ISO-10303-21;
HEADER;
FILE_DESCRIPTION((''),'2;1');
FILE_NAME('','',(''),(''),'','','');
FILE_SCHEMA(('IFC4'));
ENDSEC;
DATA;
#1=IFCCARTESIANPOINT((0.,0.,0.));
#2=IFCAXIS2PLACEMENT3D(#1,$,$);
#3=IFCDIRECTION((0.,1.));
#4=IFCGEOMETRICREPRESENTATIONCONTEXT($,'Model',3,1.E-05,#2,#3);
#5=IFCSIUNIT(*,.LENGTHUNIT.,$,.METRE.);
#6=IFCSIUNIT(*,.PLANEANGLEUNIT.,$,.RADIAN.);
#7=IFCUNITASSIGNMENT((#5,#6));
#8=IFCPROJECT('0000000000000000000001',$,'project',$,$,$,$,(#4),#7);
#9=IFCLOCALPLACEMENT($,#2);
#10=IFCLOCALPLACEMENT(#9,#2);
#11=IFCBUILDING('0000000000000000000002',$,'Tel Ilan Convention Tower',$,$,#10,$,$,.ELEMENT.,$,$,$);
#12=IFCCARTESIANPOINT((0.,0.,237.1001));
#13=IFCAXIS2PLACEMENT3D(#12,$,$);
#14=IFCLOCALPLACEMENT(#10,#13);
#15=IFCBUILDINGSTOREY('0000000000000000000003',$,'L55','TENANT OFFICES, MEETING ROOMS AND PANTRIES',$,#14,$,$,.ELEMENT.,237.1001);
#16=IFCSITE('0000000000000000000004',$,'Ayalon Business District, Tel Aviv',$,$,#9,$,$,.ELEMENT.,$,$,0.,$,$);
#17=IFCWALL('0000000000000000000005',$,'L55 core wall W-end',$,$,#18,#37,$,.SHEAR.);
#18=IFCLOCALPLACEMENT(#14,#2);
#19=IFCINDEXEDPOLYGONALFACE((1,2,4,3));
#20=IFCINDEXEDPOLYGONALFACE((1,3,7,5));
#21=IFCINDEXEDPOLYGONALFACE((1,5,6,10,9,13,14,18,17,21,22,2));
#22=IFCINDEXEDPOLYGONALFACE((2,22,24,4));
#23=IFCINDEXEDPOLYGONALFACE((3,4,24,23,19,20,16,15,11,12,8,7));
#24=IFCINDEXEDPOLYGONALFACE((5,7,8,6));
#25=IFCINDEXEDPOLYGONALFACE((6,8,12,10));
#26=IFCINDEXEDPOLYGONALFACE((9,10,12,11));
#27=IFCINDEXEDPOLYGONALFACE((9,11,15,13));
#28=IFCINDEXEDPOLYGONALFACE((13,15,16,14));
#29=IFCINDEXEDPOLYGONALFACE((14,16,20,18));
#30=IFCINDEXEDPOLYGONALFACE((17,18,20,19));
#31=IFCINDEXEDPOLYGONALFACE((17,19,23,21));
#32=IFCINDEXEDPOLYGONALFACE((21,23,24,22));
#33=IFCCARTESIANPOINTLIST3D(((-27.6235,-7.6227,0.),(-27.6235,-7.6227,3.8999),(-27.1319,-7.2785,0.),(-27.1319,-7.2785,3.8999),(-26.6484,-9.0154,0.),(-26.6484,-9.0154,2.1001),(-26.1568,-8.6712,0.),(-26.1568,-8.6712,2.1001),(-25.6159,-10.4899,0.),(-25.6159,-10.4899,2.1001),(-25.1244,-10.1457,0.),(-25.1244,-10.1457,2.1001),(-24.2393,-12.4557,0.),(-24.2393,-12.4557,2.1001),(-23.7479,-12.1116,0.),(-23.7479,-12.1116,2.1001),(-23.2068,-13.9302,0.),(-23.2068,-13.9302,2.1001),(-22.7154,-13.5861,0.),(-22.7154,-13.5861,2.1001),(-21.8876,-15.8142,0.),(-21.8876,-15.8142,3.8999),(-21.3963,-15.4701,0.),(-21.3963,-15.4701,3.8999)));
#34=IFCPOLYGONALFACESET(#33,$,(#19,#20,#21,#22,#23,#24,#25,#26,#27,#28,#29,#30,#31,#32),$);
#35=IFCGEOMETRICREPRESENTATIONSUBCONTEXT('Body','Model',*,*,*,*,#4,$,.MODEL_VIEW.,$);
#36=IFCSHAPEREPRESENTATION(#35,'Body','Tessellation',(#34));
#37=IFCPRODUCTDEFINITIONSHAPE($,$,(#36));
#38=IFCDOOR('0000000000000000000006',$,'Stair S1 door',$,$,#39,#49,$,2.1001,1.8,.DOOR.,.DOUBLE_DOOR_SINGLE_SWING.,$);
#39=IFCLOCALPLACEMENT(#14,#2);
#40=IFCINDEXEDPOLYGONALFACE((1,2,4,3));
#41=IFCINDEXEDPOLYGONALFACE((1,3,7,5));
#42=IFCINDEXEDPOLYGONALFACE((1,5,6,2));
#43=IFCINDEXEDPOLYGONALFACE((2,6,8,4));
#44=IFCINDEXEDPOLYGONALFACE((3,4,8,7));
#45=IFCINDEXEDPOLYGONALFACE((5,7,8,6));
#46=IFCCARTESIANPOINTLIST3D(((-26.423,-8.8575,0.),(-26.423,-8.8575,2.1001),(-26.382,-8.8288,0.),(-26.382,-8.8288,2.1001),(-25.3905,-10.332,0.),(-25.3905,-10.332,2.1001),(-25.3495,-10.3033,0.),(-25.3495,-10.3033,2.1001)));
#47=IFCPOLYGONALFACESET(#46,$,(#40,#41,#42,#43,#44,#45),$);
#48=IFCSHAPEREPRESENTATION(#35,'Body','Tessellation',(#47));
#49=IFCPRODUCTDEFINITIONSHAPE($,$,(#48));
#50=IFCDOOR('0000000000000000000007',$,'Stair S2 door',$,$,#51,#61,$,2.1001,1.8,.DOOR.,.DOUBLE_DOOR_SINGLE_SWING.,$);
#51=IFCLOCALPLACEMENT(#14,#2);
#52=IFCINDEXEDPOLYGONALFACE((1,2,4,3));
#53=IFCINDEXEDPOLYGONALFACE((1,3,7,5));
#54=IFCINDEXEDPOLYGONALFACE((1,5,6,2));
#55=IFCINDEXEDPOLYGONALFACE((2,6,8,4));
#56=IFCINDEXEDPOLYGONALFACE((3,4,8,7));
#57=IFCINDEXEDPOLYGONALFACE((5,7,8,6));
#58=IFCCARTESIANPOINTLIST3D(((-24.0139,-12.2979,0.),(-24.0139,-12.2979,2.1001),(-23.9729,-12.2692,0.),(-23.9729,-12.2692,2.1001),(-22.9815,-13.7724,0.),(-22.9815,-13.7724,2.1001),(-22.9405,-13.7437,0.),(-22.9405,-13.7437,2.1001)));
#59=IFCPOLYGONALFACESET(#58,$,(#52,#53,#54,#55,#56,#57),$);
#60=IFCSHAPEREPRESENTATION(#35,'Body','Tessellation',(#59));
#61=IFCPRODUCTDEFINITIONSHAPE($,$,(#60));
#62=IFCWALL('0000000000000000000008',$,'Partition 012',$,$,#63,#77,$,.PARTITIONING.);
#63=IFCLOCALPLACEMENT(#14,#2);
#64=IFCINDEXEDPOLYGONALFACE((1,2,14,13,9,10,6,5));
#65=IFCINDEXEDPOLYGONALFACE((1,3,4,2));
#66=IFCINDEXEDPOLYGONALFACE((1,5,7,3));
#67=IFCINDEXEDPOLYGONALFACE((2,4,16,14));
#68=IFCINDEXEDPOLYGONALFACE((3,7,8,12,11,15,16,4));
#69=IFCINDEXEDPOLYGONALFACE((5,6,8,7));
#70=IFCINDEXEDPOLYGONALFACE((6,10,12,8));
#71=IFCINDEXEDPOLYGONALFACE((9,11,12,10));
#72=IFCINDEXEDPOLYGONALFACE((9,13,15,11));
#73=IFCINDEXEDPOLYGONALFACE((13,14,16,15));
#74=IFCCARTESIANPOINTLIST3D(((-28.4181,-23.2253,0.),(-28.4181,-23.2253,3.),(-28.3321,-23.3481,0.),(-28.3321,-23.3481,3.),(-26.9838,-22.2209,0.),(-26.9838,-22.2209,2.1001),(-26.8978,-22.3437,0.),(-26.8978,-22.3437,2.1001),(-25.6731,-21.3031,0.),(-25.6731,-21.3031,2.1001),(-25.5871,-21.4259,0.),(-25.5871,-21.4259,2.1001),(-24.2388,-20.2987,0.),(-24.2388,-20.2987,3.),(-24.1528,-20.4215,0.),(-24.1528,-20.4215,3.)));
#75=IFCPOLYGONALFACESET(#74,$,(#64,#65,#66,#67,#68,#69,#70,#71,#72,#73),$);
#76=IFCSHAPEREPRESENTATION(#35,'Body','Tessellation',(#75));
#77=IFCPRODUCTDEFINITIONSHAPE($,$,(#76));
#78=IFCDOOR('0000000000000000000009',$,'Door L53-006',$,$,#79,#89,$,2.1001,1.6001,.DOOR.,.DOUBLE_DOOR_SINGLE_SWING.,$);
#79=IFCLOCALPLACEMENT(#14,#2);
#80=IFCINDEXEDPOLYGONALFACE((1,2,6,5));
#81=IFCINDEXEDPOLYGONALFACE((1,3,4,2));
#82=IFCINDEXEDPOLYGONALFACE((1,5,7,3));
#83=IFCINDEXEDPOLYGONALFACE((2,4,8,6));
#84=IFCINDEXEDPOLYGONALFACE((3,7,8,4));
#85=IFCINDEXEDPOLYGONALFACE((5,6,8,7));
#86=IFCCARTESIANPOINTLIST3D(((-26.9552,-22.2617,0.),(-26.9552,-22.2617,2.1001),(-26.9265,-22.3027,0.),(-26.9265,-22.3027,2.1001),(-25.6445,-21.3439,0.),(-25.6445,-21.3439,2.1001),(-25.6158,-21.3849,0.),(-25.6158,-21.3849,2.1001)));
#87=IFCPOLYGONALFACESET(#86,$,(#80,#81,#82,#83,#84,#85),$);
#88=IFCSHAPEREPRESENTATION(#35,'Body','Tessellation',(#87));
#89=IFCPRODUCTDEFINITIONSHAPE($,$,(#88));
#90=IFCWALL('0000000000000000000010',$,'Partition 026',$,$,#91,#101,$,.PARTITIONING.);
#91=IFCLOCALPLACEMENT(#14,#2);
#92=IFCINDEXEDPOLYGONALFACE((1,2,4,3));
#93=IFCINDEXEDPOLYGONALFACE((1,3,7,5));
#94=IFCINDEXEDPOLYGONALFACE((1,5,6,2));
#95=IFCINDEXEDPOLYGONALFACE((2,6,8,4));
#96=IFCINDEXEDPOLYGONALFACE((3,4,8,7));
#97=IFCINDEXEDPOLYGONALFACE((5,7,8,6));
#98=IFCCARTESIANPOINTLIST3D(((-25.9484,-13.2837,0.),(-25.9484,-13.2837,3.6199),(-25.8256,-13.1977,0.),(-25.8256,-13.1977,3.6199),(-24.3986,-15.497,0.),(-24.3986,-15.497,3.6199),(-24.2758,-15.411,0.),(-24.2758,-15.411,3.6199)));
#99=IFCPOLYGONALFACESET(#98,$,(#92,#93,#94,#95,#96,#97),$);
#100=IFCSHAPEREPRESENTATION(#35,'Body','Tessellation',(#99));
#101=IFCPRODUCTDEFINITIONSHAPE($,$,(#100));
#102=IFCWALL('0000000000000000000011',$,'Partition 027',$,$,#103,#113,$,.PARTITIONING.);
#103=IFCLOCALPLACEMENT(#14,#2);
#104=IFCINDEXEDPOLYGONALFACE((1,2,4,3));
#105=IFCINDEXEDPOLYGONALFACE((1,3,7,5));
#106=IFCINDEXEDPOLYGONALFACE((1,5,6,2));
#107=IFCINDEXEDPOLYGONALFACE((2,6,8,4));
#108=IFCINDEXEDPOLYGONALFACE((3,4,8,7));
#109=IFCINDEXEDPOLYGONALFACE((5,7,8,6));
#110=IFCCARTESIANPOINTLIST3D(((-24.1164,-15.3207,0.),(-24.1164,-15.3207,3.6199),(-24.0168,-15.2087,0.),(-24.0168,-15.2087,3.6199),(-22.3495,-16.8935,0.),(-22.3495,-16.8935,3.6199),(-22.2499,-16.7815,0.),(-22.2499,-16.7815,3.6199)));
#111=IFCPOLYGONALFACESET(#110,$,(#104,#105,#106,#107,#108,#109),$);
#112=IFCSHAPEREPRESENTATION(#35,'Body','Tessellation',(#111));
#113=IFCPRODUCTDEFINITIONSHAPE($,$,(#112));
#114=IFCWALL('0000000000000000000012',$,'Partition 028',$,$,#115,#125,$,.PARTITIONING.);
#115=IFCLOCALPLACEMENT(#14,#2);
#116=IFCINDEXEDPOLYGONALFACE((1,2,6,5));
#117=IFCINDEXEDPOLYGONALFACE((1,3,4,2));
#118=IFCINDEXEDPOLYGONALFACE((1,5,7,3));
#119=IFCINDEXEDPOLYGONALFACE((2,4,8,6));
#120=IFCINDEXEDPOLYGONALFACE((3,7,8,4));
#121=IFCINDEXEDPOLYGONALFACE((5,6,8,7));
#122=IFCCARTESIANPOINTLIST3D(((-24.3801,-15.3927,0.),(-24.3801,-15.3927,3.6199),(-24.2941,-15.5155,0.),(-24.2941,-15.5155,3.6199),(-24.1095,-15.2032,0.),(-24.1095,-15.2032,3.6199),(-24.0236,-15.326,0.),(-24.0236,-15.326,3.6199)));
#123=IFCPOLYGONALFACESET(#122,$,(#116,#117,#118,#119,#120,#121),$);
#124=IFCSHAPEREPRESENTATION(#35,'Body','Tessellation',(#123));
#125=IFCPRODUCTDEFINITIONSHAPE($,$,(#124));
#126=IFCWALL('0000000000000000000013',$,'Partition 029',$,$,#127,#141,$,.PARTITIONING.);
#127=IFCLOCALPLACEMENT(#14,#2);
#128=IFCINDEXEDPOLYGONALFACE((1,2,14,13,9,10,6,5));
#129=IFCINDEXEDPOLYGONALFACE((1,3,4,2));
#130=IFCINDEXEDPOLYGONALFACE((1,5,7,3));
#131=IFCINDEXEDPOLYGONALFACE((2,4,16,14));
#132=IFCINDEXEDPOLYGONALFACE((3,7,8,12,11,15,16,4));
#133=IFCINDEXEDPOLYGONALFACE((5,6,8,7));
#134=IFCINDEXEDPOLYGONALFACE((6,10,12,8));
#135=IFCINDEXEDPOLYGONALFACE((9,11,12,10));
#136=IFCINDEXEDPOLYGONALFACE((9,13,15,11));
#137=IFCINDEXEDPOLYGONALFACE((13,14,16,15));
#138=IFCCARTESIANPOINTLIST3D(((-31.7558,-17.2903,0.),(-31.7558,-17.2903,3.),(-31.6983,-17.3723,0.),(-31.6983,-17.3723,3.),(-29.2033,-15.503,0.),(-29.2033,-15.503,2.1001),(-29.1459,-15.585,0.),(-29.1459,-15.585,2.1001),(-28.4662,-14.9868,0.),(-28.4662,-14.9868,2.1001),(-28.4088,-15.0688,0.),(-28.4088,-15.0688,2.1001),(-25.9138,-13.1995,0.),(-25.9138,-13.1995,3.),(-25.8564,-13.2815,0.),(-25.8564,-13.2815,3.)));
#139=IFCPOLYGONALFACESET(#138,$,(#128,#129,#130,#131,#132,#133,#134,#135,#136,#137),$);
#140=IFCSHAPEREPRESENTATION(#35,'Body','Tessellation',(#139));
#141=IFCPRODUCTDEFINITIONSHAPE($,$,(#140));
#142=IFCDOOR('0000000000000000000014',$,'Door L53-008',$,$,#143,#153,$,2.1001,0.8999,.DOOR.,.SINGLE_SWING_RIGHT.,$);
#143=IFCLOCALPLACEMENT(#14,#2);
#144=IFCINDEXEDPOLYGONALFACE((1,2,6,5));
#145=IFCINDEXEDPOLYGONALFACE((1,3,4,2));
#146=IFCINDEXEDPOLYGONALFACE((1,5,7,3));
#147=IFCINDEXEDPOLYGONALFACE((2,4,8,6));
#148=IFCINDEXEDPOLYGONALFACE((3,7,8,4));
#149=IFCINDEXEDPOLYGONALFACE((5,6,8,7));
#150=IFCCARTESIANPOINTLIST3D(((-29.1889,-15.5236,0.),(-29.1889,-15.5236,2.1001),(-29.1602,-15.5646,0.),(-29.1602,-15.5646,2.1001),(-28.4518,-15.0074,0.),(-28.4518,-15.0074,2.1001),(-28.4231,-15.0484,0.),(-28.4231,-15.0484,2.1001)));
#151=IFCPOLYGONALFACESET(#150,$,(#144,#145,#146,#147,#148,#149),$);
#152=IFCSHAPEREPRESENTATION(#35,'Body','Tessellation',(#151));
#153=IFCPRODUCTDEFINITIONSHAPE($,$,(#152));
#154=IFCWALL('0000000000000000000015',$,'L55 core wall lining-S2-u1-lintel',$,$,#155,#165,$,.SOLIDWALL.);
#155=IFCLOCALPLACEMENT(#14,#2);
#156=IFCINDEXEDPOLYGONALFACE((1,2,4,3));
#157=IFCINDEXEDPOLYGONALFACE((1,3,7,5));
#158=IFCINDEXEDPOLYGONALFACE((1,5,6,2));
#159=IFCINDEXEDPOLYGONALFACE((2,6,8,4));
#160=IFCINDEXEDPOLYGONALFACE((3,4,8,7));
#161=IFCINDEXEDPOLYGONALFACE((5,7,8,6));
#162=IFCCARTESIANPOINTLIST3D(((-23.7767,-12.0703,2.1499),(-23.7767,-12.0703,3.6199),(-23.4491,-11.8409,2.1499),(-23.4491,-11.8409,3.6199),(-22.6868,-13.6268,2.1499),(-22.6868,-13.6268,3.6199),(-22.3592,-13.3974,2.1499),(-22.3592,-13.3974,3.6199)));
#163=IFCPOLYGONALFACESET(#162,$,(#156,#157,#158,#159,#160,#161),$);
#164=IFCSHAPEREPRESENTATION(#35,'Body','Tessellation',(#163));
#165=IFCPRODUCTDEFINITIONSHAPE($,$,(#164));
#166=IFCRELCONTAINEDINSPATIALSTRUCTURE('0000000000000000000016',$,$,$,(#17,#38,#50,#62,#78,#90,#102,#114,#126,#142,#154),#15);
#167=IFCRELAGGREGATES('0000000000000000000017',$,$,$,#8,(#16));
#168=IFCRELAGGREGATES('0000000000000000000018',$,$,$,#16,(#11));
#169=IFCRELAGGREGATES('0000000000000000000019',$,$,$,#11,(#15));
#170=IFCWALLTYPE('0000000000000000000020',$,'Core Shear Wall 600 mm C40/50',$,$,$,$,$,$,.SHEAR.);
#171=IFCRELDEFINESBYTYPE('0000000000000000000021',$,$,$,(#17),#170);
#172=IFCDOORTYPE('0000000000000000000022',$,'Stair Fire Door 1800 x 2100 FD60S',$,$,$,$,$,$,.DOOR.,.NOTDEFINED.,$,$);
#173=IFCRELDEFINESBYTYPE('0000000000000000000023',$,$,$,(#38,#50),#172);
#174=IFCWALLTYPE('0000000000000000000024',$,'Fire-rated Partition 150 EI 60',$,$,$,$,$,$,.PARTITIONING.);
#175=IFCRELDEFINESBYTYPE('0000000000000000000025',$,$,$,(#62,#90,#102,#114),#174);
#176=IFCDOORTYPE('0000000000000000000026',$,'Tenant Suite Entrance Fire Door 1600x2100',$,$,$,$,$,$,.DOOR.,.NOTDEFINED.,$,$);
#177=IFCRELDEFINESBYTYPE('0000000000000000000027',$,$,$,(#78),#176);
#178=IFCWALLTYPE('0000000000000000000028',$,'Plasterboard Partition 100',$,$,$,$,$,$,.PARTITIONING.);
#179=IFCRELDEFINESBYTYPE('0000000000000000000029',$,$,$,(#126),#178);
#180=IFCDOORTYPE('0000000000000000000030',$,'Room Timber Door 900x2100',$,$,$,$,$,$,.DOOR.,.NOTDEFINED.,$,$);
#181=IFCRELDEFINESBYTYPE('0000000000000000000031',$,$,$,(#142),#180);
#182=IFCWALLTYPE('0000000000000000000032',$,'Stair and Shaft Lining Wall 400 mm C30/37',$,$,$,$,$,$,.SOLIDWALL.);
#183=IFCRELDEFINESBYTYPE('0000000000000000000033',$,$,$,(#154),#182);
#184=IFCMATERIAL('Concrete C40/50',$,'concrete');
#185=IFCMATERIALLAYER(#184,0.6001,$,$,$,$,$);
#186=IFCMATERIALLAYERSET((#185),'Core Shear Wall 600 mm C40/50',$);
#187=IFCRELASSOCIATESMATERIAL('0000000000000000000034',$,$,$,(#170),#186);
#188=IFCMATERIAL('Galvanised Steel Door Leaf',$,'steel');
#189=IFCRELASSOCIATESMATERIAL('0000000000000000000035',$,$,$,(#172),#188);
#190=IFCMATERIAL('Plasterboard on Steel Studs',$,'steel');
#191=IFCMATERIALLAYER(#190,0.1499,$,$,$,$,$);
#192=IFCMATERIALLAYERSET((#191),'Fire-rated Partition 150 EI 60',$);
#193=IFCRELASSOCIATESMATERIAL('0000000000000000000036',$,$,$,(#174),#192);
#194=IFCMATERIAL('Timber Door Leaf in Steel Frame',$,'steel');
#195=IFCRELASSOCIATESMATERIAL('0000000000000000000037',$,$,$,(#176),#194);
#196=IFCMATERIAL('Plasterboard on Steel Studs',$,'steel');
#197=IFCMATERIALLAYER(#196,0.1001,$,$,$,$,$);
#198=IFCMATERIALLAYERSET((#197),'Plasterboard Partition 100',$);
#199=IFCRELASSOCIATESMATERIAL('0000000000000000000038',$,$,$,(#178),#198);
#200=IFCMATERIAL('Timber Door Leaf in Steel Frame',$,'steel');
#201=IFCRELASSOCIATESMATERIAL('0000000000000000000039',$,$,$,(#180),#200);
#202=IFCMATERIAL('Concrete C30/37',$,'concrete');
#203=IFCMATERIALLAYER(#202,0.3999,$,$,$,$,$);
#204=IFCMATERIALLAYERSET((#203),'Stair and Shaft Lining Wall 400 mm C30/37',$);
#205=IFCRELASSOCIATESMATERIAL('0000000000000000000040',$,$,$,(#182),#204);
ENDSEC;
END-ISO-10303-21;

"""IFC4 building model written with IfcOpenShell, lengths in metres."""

from ifc_helpers import new_model, si_unit, direction, frame, frame_2d, origin, place, context, subcontext, project, spatial, polyline, rectangle, outline, extrude, material, layer, layer_set, type_object, element, fill, save


model = new_model("IFC4")

# Units and contexts
model_context = context("Model", 3, precision=1e-05, world=origin(), true_north=direction((0.0, 1.0)))
body_context = subcontext(model_context, "Body", "Model", "MODEL_VIEW")
ifc_project = project(units=[si_unit("LENGTHUNIT", "METRE"), si_unit("PLANEANGLEUNIT", "RADIAN")], contexts=[model_context])

# Site, building, storey
site_placement = place(None, origin())
site = spatial("IfcSite", under=ifc_project, at=site_placement, Name="Ayalon Business District, Tel Aviv", CompositionType="ELEMENT", RefElevation=0.0)
building_placement = place(site_placement, origin())
building = spatial("IfcBuilding", under=site, at=building_placement, Name="Tel Ilan Convention Tower", CompositionType="ELEMENT")
storey_placement = place(building_placement, frame((0.0, 0.0, 237.1001)))
storey = spatial("IfcBuildingStorey", under=building, at=storey_placement, Name="L55", Description="TENANT OFFICES, MEETING ROOMS AND PANTRIES", CompositionType="ELEMENT", Elevation=237.1001)

# Wall, openings, doors
ifc_material_1 = material(Name="Concrete C40/50", Category="concrete")
ifc_layer_1 = layer(ifc_material_1, 0.6001)
ifc_layer_set_1 = layer_set([ifc_layer_1], Name="Core Shear Wall 600 mm C40/50")
wall_type_1 = type_object("IfcWallType", Name="Core Shear Wall 600 mm C40/50", PredefinedType="SHEAR", material=ifc_layer_set_1)
wall_1_placement = place(storey_placement, frame((-21.6418, -15.6421, 0.0), z_axis=(0.0, 0.0, 1.0), x_axis=(-0.573587, 0.819145, 0.0)))
wall_1 = element("IfcWall", 1, at=wall_1_placement, inside=storey, type_object=wall_type_1, Name="L55 core wall W-end", PredefinedType="SHEAR", context=body_context, shape_type="SweptSolid", body=[
    extrude(outline(polyline([(0.0, 0.3), (0.0, -0.2998), (10.0, -0.3), (10.0, 0.3), (0.0, 0.3)])), origin(), (0.0, 0.0, 1.0), 3.8999),
])
opening_1_placement = place(wall_1_placement, frame((6.5, 0.0, 0.0)))
opening_1 = element("IfcOpeningElement", 2, at=opening_1_placement, cuts=wall_1, PredefinedType="OPENING", context=body_context, shape_type="SweptSolid", body=[
    extrude(rectangle(XDim=1.8, YDim=2.1001, at=frame_2d((0.8999, 1.05))), frame((0.0, 0.3101, 0.0), z_axis=(0.0, -1.0, 0.0), x_axis=(1.0, 0.0, 0.0)), (0.0, 0.0, 1.0), 0.6201),
])
opening_2_placement = place(wall_1_placement, frame((2.3, 0.0, 0.0)))
opening_2 = element("IfcOpeningElement", 3, at=opening_2_placement, cuts=wall_1, PredefinedType="OPENING", context=body_context, shape_type="SweptSolid", body=[
    extrude(rectangle(XDim=1.8, YDim=2.1001, at=frame_2d((0.8999, 1.05))), frame((0.0, 0.3101, 0.0), z_axis=(0.0, -1.0, 0.0), x_axis=(1.0, 0.0, 0.0)), (0.0, 0.0, 1.0), 0.6201),
])
ifc_material_2 = material(Name="Galvanised Steel Door Leaf", Category="steel")
door_type_1 = type_object("IfcDoorType", Name="Stair Fire Door 1800 x 2100 FD60S", OperationType="NOTDEFINED", PredefinedType="DOOR", material=ifc_material_2)
door_1_placement = place(opening_1_placement, origin())
door_1 = element("IfcDoor", 4, at=door_1_placement, inside=storey, type_object=door_type_1, Name="Stair S1 door", OperationType="DOUBLE_DOOR_SINGLE_SWING", OverallHeight=2.1001, OverallWidth=1.8, PredefinedType="DOOR", context=body_context, shape_type="SweptSolid", body=[
    extrude(rectangle(XDim=1.8, YDim=2.1001, at=frame_2d((0.8999, 1.05))), frame((0.0, 0.0249, 0.0), z_axis=(0.0, -1.0, 0.0), x_axis=(1.0, 0.0, 0.0)), (0.0, 0.0, 1.0), 0.05),
])
fill(opening_1, door_1)
door_2_placement = place(opening_2_placement, origin())
door_2 = element("IfcDoor", 5, at=door_2_placement, inside=storey, type_object=door_type_1, Name="Stair S2 door", OperationType="DOUBLE_DOOR_SINGLE_SWING", OverallHeight=2.1001, OverallWidth=1.8, PredefinedType="DOOR", context=body_context, shape_type="SweptSolid", body=[
    extrude(rectangle(XDim=1.8, YDim=2.1001, at=frame_2d((0.8999, 1.05))), frame((0.0, 0.0249, 0.0), z_axis=(0.0, -1.0, 0.0), x_axis=(1.0, 0.0, 0.0)), (0.0, 0.0, 1.0), 0.05),
])
fill(opening_2, door_2)

# Wall, opening, door
ifc_material_3 = material(Name="Plasterboard on Steel Studs", Category="steel")
ifc_layer_2 = layer(ifc_material_3, 0.1499)
ifc_layer_set_2 = layer_set([ifc_layer_2], Name="Fire-rated Partition 150 EI 60")
wall_type_2 = type_object("IfcWallType", Name="Fire-rated Partition 150 EI 60", PredefinedType="PARTITIONING", material=ifc_layer_set_2)
wall_2_placement = place(storey_placement, frame((-24.1958, -20.3601, 0.0), z_axis=(0.0, 0.0, 1.0), x_axis=(-0.819133, -0.573604, 0.0)))
wall_2 = element("IfcWall", 6, at=wall_2_placement, inside=storey, type_object=wall_type_2, Name="Partition 012", PredefinedType="PARTITIONING", context=body_context, shape_type="SweptSolid", body=[
    extrude(rectangle(XDim=5.1021, YDim=0.1499, at=frame_2d((2.551, 0.0))), origin(), (0.0, 0.0, 1.0), 3.0),
])
opening_3_placement = place(wall_2_placement, frame((1.751, 0.0, 0.0)))
opening_3 = element("IfcOpeningElement", 7, at=opening_3_placement, cuts=wall_2, PredefinedType="OPENING", context=body_context, shape_type="SweptSolid", body=[
    extrude(rectangle(XDim=1.6001, YDim=2.1001, at=frame_2d((0.8, 1.05))), frame((0.0, 0.085, 0.0), z_axis=(0.0, -1.0, 0.0), x_axis=(1.0, 0.0, 0.0)), (0.0, 0.0, 1.0), 0.1699),
])
ifc_material_4 = material(Name="Timber Door Leaf in Steel Frame", Category="steel")
door_type_2 = type_object("IfcDoorType", Name="Tenant Suite Entrance Fire Door 1600x2100", OperationType="NOTDEFINED", PredefinedType="DOOR", material=ifc_material_4)
door_3_placement = place(opening_3_placement, origin())
door_3 = element("IfcDoor", 8, at=door_3_placement, inside=storey, type_object=door_type_2, Name="Door L53-006", OperationType="DOUBLE_DOOR_SINGLE_SWING", OverallHeight=2.1001, OverallWidth=1.6001, PredefinedType="DOOR", context=body_context, shape_type="SweptSolid", body=[
    extrude(rectangle(XDim=1.6001, YDim=2.1001, at=frame_2d((0.8, 1.05))), frame((0.0, 0.0249, 0.0), z_axis=(0.0, -1.0, 0.0), x_axis=(1.0, 0.0, 0.0)), (0.0, 0.0, 1.0), 0.05),
])
fill(opening_3, door_3)

# Walls
wall_3_placement = place(storey_placement, frame((-24.3372, -15.4541, 0.0), z_axis=(0.0, 0.0, 1.0), x_axis=(-0.573571, 0.819156, 0.0)))
element("IfcWall", 9, at=wall_3_placement, inside=storey, type_object=wall_type_2, Name="Partition 026", PredefinedType="PARTITIONING", context=body_context, shape_type="SweptSolid", body=[
    extrude(rectangle(XDim=2.7019, YDim=0.1499, at=frame_2d((1.3511, 0.0))), origin(), (0.0, 0.0, 1.0), 3.6199),
])
wall_4_placement = place(storey_placement, frame((-22.2998, -16.8374, 0.0), z_axis=(0.0, 0.0, 1.0), x_axis=(-0.746942, 0.664889, 0.0)))
element("IfcWall", 10, at=wall_4_placement, inside=storey, type_object=wall_type_2, Name="Partition 027", PredefinedType="PARTITIONING", context=body_context, shape_type="SweptSolid", body=[
    extrude(rectangle(XDim=2.3655, YDim=0.1499, at=frame_2d((1.1826, 0.0))), origin(), (0.0, 0.0, 1.0), 3.6199),
])
wall_5_placement = place(storey_placement, frame((-24.0667, -15.2646, 0.0), z_axis=(0.0, 0.0, 1.0), x_axis=(-0.819093, -0.573661, 0.0)))
element("IfcWall", 11, at=wall_5_placement, inside=storey, type_object=wall_type_2, Name="Partition 028", PredefinedType="PARTITIONING", context=body_context, shape_type="SweptSolid", body=[
    extrude(rectangle(XDim=0.3303, YDim=0.1499, at=frame_2d((0.165, 0.0))), origin(), (0.0, 0.0, 1.0), 3.6199),
])

# Wall, opening, door
ifc_material_5 = material(Name="Plasterboard on Steel Studs", Category="steel")
ifc_layer_3 = layer(ifc_material_5, 0.1001)
ifc_layer_set_3 = layer_set([ifc_layer_3], Name="Plasterboard Partition 100")
wall_type_3 = type_object("IfcWallType", Name="Plasterboard Partition 100", PredefinedType="PARTITIONING", material=ifc_layer_set_3)
wall_6_placement = place(storey_placement, frame((-31.7271, -17.3313, 0.0), z_axis=(0.0, 0.0, 1.0), x_axis=(0.81914, 0.573593, 0.0)))
wall_6 = element("IfcWall", 12, at=wall_6_placement, inside=storey, type_object=wall_type_3, Name="Partition 029", PredefinedType="PARTITIONING", context=body_context, shape_type="SweptSolid", body=[
    extrude(rectangle(XDim=7.1318, YDim=0.1001, at=frame_2d((3.5659, 0.0))), origin(), (0.0, 0.0, 1.0), 3.0),
])
opening_4_placement = place(wall_6_placement, frame((3.116, 0.0, 0.0)))
opening_4 = element("IfcOpeningElement", 13, at=opening_4_placement, cuts=wall_6, PredefinedType="OPENING", context=body_context, shape_type="SweptSolid", body=[
    extrude(rectangle(XDim=0.8999, YDim=2.1001, at=frame_2d((0.45, 1.05))), frame((0.0, 0.0601, 0.0), z_axis=(0.0, -1.0, 0.0), x_axis=(1.0, 0.0, 0.0)), (0.0, 0.0, 1.0), 0.1201),
])
ifc_material_6 = material(Name="Timber Door Leaf in Steel Frame", Category="steel")
door_type_3 = type_object("IfcDoorType", Name="Room Timber Door 900x2100", OperationType="NOTDEFINED", PredefinedType="DOOR", material=ifc_material_6)
door_4_placement = place(opening_4_placement, origin())
door_4 = element("IfcDoor", 14, at=door_4_placement, inside=storey, type_object=door_type_3, Name="Door L53-008", OperationType="SINGLE_SWING_RIGHT", OverallHeight=2.1001, OverallWidth=0.8999, PredefinedType="DOOR", context=body_context, shape_type="SweptSolid", body=[
    extrude(rectangle(XDim=0.8999, YDim=2.1001, at=frame_2d((0.45, 1.05))), frame((0.0, 0.0249, 0.0), z_axis=(0.0, -1.0, 0.0), x_axis=(1.0, 0.0, 0.0)), (0.0, 0.0, 1.0), 0.05),
])
fill(opening_4, door_4)

# Wall
ifc_material_7 = material(Name="Concrete C30/37", Category="concrete")
ifc_layer_4 = layer(ifc_material_7, 0.3999)
ifc_layer_set_4 = layer_set([ifc_layer_4], Name="Stair and Shaft Lining Wall 400 mm C30/37")
wall_type_4 = type_object("IfcWallType", Name="Stair and Shaft Lining Wall 400 mm C30/37", PredefinedType="SOLIDWALL", material=ifc_layer_set_4)
wall_7_placement = place(storey_placement, frame((-22.5229, -13.5122, 2.1499), z_axis=(0.0, 0.0, 1.0), x_axis=(-0.573592, 0.819141, 0.0)))
element("IfcWall", 15, at=wall_7_placement, inside=storey, type_object=wall_type_4, Name="L55 core wall lining-S2-u1-lintel", PredefinedType="SOLIDWALL", context=body_context, shape_type="SweptSolid", body=[
    extrude(rectangle(XDim=1.9001, YDim=0.3999, at=frame_2d((0.9502, 0.0))), origin(), (0.0, 0.0, 1.0), 1.47),
])

save(model, "model.ifc")
